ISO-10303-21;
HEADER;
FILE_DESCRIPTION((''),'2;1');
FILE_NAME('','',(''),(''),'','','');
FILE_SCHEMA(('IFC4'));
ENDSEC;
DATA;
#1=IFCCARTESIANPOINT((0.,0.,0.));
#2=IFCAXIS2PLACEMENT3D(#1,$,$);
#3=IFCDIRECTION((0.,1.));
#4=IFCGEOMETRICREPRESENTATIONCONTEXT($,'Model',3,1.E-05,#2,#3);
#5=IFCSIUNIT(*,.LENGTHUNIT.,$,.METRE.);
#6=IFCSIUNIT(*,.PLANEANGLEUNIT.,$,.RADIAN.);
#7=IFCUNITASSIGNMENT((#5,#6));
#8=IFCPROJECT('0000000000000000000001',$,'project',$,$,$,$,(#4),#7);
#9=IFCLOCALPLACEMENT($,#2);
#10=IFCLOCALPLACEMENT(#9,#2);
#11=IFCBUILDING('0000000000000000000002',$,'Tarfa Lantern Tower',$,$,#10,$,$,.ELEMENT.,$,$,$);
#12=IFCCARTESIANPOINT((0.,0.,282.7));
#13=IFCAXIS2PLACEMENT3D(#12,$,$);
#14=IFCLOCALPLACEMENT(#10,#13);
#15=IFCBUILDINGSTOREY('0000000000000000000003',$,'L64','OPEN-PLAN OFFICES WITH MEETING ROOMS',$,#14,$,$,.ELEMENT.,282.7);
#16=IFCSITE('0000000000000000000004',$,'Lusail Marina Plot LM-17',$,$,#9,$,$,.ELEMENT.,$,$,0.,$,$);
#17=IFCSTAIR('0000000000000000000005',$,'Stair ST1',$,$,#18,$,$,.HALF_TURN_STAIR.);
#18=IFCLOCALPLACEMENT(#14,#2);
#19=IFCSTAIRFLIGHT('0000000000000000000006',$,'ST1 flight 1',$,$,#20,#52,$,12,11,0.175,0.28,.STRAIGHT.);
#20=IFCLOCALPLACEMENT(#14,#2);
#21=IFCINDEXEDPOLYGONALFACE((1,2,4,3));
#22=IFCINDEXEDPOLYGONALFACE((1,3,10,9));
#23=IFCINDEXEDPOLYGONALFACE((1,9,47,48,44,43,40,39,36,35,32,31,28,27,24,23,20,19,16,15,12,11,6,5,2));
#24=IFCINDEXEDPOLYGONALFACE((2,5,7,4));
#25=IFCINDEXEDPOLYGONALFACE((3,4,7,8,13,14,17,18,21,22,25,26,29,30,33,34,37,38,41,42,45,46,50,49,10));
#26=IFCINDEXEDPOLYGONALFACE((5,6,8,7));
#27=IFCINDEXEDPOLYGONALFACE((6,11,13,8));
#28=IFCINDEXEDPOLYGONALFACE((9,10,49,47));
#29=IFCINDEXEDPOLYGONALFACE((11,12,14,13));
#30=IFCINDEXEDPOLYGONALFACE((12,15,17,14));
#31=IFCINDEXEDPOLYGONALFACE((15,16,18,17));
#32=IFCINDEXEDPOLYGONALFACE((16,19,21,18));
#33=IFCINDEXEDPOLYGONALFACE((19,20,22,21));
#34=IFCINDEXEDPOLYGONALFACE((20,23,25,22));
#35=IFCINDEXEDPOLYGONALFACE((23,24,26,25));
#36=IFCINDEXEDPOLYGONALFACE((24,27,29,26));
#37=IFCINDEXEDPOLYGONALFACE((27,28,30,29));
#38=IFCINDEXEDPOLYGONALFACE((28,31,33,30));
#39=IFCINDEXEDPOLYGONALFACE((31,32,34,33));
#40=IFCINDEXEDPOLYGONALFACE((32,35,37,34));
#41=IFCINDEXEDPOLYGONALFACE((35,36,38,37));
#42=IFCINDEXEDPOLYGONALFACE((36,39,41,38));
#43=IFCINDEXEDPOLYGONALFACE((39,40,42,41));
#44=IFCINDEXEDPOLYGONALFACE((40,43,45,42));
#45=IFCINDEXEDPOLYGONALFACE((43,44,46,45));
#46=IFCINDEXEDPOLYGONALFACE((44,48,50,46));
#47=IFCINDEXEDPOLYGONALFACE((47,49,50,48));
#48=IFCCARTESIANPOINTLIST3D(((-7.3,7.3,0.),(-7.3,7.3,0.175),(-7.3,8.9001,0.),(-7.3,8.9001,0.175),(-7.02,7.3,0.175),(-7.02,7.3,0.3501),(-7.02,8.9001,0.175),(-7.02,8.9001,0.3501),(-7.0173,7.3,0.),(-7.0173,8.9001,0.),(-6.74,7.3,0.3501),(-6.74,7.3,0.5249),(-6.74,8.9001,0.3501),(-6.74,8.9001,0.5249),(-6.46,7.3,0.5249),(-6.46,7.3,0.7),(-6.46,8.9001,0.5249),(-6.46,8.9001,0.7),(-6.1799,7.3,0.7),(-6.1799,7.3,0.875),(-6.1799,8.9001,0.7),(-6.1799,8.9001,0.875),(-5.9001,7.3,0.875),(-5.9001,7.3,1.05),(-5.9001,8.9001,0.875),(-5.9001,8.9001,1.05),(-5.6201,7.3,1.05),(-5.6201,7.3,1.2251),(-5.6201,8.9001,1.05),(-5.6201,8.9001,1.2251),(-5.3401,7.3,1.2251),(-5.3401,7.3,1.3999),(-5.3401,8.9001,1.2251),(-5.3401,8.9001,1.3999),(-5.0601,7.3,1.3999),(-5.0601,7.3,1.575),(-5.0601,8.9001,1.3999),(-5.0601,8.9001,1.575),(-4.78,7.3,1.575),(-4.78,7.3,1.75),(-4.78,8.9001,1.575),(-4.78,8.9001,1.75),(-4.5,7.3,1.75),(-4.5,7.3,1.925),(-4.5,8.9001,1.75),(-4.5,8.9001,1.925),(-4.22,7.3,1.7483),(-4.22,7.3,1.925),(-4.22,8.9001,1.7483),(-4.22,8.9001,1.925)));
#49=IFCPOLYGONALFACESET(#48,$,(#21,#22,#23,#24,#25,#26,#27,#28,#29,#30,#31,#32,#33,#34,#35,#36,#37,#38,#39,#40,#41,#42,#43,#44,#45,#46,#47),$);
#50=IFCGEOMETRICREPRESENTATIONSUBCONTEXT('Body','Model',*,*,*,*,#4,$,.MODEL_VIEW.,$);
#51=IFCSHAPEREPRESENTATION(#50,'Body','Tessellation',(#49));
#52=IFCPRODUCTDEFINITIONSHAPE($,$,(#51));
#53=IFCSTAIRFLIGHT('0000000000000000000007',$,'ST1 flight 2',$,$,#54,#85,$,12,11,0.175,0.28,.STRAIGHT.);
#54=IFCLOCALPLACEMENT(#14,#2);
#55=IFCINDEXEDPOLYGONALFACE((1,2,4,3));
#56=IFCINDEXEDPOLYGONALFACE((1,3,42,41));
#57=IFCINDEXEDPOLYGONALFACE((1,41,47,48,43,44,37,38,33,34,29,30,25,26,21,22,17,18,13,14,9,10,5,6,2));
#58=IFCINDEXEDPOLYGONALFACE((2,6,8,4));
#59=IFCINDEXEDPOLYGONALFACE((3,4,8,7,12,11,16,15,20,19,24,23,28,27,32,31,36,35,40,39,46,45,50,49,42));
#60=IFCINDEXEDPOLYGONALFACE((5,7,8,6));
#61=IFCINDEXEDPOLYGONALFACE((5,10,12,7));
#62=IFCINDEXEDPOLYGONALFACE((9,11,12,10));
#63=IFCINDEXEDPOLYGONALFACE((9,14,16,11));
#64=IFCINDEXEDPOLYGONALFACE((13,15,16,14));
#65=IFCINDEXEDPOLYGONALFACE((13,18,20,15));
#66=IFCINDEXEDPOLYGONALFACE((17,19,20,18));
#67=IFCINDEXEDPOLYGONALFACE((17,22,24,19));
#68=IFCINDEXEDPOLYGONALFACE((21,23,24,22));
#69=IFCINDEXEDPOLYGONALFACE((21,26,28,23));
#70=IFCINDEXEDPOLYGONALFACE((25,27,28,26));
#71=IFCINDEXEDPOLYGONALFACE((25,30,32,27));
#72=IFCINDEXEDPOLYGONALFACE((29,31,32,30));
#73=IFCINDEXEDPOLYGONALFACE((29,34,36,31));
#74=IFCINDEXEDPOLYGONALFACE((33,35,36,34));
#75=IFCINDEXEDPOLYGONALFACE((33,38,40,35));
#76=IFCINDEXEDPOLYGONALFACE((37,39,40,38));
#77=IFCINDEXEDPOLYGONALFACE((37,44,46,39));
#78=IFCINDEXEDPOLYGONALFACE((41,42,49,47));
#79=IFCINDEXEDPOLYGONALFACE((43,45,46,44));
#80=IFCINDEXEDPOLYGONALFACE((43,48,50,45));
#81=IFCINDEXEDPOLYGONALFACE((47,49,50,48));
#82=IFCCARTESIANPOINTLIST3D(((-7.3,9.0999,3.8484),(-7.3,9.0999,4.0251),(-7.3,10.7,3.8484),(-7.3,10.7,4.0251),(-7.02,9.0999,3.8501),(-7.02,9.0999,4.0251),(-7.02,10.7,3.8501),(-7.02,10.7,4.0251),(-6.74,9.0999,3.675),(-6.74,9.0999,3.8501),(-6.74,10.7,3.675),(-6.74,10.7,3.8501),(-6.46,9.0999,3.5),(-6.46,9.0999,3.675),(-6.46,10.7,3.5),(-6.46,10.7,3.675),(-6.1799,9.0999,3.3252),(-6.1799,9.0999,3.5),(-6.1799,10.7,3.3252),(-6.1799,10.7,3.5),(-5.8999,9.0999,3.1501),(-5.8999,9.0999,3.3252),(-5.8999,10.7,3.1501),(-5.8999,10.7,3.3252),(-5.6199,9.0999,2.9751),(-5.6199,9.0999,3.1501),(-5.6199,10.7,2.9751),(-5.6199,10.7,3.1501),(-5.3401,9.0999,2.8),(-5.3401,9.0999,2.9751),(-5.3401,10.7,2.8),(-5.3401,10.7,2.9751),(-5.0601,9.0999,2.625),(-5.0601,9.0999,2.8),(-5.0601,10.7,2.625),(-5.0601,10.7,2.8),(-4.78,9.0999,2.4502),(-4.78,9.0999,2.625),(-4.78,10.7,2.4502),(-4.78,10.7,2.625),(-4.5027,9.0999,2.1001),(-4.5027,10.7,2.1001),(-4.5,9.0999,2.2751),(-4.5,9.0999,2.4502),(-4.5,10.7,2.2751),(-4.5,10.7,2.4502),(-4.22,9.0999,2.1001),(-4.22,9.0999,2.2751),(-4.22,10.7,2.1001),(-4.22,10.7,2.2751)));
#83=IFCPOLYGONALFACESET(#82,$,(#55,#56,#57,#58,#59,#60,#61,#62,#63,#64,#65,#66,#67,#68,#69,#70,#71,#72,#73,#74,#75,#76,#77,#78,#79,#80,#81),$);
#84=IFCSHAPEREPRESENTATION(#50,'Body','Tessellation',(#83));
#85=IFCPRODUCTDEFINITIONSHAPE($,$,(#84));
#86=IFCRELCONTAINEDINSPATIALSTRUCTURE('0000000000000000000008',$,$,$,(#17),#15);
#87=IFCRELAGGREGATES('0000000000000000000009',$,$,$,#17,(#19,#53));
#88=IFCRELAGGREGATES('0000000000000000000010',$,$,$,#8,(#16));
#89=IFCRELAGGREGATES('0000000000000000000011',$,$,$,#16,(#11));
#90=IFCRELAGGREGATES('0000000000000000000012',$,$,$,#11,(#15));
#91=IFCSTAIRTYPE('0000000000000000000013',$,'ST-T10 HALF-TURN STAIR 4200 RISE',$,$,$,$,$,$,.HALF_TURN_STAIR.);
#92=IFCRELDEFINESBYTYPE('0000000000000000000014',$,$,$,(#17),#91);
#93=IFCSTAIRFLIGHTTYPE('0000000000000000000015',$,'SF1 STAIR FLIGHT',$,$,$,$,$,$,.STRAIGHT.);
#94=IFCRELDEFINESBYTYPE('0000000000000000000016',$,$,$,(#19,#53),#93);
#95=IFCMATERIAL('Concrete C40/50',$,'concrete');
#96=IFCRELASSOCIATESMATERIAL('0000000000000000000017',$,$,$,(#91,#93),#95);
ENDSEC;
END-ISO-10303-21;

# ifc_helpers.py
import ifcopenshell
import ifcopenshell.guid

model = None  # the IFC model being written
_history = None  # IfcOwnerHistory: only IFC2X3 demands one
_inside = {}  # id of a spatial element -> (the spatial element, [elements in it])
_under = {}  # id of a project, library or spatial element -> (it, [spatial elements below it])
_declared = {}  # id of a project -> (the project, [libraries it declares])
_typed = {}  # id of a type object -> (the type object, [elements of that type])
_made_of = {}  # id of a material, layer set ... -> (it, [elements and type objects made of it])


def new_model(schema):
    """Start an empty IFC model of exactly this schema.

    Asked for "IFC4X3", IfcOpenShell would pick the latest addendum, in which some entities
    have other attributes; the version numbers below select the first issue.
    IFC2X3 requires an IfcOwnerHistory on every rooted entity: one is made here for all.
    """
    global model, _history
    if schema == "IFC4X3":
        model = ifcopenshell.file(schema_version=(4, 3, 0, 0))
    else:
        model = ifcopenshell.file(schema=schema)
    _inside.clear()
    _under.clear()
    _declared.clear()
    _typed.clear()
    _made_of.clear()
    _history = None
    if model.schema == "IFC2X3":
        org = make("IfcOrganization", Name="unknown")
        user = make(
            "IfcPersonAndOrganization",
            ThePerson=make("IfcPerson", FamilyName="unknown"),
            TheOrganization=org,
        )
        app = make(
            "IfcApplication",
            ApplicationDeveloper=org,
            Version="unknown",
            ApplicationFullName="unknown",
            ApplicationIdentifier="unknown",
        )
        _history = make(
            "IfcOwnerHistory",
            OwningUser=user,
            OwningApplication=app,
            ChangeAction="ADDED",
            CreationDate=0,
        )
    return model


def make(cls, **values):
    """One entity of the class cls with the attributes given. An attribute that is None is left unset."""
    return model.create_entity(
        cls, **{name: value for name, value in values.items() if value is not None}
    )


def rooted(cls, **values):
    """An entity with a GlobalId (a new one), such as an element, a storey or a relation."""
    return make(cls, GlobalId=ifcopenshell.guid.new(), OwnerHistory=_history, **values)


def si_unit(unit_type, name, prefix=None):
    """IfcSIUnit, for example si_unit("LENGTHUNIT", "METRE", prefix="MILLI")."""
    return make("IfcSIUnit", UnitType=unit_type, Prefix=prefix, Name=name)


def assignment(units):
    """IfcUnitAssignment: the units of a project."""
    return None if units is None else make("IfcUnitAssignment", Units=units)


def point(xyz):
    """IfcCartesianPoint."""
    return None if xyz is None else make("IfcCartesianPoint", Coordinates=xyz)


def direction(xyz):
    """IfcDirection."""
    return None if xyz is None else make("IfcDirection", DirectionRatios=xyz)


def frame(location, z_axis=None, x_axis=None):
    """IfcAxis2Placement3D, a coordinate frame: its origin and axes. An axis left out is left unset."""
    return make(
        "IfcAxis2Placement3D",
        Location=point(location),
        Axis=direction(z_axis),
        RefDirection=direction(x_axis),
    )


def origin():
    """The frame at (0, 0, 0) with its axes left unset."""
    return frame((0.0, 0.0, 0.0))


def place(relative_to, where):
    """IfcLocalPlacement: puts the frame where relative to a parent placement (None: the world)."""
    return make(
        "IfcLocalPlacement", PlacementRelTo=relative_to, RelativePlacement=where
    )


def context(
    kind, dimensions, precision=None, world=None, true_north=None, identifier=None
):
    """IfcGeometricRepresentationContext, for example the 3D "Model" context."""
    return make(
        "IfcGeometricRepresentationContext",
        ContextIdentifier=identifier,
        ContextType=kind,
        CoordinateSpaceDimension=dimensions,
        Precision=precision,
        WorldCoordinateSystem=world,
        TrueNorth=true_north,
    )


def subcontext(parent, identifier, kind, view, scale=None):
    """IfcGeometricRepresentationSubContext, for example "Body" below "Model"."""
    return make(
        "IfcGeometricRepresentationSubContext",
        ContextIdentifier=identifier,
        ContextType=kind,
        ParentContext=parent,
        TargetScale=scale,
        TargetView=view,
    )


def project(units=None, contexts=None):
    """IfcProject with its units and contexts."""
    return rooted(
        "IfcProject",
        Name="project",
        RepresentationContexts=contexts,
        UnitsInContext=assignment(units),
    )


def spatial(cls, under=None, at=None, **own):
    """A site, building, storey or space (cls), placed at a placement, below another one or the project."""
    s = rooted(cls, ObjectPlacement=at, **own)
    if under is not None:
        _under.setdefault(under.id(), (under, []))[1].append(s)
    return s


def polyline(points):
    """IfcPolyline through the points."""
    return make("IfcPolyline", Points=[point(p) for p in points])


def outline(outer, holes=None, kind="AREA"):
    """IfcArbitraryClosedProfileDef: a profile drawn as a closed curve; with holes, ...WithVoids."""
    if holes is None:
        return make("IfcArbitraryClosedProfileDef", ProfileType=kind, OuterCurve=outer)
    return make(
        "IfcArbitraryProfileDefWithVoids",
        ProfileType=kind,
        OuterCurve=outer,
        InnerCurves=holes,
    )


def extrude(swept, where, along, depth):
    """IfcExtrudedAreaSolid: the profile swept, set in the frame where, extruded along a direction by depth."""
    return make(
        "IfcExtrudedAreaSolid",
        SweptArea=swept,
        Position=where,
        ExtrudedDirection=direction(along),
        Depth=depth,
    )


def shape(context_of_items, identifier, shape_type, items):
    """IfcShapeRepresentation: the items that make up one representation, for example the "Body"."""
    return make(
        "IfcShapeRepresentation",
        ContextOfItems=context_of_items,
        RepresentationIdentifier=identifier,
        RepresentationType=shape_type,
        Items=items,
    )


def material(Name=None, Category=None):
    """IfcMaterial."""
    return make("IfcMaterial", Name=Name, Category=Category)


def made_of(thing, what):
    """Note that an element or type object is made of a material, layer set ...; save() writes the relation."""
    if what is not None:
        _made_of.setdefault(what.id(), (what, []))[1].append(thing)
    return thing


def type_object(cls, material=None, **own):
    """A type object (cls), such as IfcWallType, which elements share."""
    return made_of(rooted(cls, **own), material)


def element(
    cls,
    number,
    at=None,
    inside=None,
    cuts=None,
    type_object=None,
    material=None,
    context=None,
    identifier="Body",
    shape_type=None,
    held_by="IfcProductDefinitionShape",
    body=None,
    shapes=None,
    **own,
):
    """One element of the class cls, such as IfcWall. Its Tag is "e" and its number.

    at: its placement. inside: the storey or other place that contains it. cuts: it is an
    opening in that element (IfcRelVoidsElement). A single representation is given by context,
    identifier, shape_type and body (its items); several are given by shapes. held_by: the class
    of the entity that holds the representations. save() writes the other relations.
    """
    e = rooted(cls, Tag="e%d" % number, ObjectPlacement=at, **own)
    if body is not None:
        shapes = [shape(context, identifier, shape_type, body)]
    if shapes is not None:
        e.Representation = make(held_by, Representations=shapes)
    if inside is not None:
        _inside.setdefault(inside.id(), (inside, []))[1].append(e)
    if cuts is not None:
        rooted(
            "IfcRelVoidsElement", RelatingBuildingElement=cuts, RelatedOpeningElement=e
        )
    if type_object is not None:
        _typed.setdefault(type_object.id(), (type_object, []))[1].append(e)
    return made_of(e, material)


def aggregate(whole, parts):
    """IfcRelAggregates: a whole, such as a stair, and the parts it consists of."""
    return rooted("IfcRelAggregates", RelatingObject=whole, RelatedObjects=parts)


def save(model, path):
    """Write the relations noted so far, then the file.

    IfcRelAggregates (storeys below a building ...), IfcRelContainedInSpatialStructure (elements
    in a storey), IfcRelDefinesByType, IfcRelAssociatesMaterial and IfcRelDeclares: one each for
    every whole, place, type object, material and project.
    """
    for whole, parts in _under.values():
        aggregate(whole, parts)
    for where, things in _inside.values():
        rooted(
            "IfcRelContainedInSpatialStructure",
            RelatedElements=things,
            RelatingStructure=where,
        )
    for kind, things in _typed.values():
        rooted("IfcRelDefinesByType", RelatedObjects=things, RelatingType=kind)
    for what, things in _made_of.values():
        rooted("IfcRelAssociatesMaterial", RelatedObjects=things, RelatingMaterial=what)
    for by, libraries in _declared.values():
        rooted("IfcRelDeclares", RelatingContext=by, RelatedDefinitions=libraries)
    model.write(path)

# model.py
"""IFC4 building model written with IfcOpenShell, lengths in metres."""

from ifc_helpers import new_model, si_unit, direction, frame, origin, place, context, subcontext, project, spatial, polyline, outline, extrude, material, type_object, element, aggregate, save


model = new_model("IFC4")

# Units and contexts
model_context = context("Model", 3, precision=1e-05, world=origin(), true_north=direction((0.0, 1.0)))
body_context = subcontext(model_context, "Body", "Model", "MODEL_VIEW")
ifc_project = project(units=[si_unit("LENGTHUNIT", "METRE"), si_unit("PLANEANGLEUNIT", "RADIAN")], contexts=[model_context])

# Site, building, storey
site_placement = place(None, origin())
site = spatial("IfcSite", under=ifc_project, at=site_placement, Name="Lusail Marina Plot LM-17", CompositionType="ELEMENT", RefElevation=0.0)
building_placement = place(site_placement, origin())
building = spatial("IfcBuilding", under=site, at=building_placement, Name="Tarfa Lantern Tower", CompositionType="ELEMENT")
storey_placement = place(building_placement, frame((0.0, 0.0, 282.7)))
storey = spatial("IfcBuildingStorey", under=building, at=storey_placement, Name="L64", Description="OPEN-PLAN OFFICES WITH MEETING ROOMS", CompositionType="ELEMENT", Elevation=282.7)

# Stair, stair flights
ifc_material_1 = material(Name="Concrete C40/50", Category="concrete")
stair_type = type_object("IfcStairType", Name="ST-T10 HALF-TURN STAIR 4200 RISE", PredefinedType="HALF_TURN_STAIR", material=ifc_material_1)
stair_placement = place(storey_placement, origin())
stair = element("IfcStair", 1, at=stair_placement, inside=storey, type_object=stair_type, Name="Stair ST1", PredefinedType="HALF_TURN_STAIR")
stair_flight_type = type_object("IfcStairFlightType", Name="SF1 STAIR FLIGHT", PredefinedType="STRAIGHT", material=ifc_material_1)
stair_flight_1_placement = place(storey_placement, frame((-7.3, 8.1001, 0.0), z_axis=(0.0, 0.0, 1.0), x_axis=(1.0, 0.0, 0.0)))
stair_flight_1 = element("IfcStairFlight", 2, at=stair_flight_1_placement, type_object=stair_flight_type, Name="ST1 flight 1", NumberOfRisers=12, NumberOfTreads=11, PredefinedType="STRAIGHT", RiserHeight=0.175, TreadLength=0.28, context=body_context, shape_type="SweptSolid", body=[
    extrude(outline(polyline([(0.0, 0.0), (0.0, 0.175), (0.28, 0.175), (0.28, 0.3501), (0.5601, 0.3501), (0.5601, 0.5249), (0.8401, 0.5249), (0.8401, 0.7), (1.1201, 0.7), (1.1201, 0.875), (1.3999, 0.875), (1.3999, 1.05), (1.6799, 1.05), (1.6799, 1.2251), (1.96, 1.2251), (1.96, 1.3999), (2.24, 1.3999), (2.24, 1.575), (2.52, 1.575), (2.52, 1.75), (2.8, 1.75), (2.8, 1.925), (3.0801, 1.925), (3.0801, 2.1001), (3.0801, 1.7483), (0.2827, 0.0), (0.0, 0.0)])), frame((0.0, 0.8, 0.0), z_axis=(0.0, -1.0, 0.0), x_axis=(1.0, 0.0, 0.0)), (0.0, 0.0, 1.0), 1.6001),
])
stair_flight_2_placement = place(storey_placement, frame((-4.22, 9.8999, 2.1001), z_axis=(0.0, 0.0, 1.0), x_axis=(-1.0, 0.0, 0.0)))
stair_flight_2 = element("IfcStairFlight", 3, at=stair_flight_2_placement, type_object=stair_flight_type, Name="ST1 flight 2", NumberOfRisers=12, NumberOfTreads=11, PredefinedType="STRAIGHT", RiserHeight=0.175, TreadLength=0.28, context=body_context, shape_type="SweptSolid", body=[
    extrude(outline(polyline([(0.0, 0.0), (0.0, 0.175), (0.28, 0.175), (0.28, 0.3501), (0.5601, 0.3501), (0.5601, 0.5249), (0.8401, 0.5249), (0.8401, 0.7), (1.1201, 0.7), (1.1201, 0.875), (1.3999, 0.875), (1.3999, 1.05), (1.6799, 1.05), (1.6799, 1.2251), (1.96, 1.2251), (1.96, 1.3999), (2.24, 1.3999), (2.24, 1.575), (2.52, 1.575), (2.52, 1.75), (2.8, 1.75), (2.8, 1.925), (3.0801, 1.925), (3.0801, 2.1001), (3.0801, 1.7483), (0.2827, 0.0), (0.0, 0.0)])), frame((0.0, 0.8, 0.0), z_axis=(0.0, -1.0, 0.0), x_axis=(1.0, 0.0, 0.0)), (0.0, 0.0, 1.0), 1.6001),
])
aggregate(stair, [stair_flight_1, stair_flight_2])

save(model, "model.ifc")
